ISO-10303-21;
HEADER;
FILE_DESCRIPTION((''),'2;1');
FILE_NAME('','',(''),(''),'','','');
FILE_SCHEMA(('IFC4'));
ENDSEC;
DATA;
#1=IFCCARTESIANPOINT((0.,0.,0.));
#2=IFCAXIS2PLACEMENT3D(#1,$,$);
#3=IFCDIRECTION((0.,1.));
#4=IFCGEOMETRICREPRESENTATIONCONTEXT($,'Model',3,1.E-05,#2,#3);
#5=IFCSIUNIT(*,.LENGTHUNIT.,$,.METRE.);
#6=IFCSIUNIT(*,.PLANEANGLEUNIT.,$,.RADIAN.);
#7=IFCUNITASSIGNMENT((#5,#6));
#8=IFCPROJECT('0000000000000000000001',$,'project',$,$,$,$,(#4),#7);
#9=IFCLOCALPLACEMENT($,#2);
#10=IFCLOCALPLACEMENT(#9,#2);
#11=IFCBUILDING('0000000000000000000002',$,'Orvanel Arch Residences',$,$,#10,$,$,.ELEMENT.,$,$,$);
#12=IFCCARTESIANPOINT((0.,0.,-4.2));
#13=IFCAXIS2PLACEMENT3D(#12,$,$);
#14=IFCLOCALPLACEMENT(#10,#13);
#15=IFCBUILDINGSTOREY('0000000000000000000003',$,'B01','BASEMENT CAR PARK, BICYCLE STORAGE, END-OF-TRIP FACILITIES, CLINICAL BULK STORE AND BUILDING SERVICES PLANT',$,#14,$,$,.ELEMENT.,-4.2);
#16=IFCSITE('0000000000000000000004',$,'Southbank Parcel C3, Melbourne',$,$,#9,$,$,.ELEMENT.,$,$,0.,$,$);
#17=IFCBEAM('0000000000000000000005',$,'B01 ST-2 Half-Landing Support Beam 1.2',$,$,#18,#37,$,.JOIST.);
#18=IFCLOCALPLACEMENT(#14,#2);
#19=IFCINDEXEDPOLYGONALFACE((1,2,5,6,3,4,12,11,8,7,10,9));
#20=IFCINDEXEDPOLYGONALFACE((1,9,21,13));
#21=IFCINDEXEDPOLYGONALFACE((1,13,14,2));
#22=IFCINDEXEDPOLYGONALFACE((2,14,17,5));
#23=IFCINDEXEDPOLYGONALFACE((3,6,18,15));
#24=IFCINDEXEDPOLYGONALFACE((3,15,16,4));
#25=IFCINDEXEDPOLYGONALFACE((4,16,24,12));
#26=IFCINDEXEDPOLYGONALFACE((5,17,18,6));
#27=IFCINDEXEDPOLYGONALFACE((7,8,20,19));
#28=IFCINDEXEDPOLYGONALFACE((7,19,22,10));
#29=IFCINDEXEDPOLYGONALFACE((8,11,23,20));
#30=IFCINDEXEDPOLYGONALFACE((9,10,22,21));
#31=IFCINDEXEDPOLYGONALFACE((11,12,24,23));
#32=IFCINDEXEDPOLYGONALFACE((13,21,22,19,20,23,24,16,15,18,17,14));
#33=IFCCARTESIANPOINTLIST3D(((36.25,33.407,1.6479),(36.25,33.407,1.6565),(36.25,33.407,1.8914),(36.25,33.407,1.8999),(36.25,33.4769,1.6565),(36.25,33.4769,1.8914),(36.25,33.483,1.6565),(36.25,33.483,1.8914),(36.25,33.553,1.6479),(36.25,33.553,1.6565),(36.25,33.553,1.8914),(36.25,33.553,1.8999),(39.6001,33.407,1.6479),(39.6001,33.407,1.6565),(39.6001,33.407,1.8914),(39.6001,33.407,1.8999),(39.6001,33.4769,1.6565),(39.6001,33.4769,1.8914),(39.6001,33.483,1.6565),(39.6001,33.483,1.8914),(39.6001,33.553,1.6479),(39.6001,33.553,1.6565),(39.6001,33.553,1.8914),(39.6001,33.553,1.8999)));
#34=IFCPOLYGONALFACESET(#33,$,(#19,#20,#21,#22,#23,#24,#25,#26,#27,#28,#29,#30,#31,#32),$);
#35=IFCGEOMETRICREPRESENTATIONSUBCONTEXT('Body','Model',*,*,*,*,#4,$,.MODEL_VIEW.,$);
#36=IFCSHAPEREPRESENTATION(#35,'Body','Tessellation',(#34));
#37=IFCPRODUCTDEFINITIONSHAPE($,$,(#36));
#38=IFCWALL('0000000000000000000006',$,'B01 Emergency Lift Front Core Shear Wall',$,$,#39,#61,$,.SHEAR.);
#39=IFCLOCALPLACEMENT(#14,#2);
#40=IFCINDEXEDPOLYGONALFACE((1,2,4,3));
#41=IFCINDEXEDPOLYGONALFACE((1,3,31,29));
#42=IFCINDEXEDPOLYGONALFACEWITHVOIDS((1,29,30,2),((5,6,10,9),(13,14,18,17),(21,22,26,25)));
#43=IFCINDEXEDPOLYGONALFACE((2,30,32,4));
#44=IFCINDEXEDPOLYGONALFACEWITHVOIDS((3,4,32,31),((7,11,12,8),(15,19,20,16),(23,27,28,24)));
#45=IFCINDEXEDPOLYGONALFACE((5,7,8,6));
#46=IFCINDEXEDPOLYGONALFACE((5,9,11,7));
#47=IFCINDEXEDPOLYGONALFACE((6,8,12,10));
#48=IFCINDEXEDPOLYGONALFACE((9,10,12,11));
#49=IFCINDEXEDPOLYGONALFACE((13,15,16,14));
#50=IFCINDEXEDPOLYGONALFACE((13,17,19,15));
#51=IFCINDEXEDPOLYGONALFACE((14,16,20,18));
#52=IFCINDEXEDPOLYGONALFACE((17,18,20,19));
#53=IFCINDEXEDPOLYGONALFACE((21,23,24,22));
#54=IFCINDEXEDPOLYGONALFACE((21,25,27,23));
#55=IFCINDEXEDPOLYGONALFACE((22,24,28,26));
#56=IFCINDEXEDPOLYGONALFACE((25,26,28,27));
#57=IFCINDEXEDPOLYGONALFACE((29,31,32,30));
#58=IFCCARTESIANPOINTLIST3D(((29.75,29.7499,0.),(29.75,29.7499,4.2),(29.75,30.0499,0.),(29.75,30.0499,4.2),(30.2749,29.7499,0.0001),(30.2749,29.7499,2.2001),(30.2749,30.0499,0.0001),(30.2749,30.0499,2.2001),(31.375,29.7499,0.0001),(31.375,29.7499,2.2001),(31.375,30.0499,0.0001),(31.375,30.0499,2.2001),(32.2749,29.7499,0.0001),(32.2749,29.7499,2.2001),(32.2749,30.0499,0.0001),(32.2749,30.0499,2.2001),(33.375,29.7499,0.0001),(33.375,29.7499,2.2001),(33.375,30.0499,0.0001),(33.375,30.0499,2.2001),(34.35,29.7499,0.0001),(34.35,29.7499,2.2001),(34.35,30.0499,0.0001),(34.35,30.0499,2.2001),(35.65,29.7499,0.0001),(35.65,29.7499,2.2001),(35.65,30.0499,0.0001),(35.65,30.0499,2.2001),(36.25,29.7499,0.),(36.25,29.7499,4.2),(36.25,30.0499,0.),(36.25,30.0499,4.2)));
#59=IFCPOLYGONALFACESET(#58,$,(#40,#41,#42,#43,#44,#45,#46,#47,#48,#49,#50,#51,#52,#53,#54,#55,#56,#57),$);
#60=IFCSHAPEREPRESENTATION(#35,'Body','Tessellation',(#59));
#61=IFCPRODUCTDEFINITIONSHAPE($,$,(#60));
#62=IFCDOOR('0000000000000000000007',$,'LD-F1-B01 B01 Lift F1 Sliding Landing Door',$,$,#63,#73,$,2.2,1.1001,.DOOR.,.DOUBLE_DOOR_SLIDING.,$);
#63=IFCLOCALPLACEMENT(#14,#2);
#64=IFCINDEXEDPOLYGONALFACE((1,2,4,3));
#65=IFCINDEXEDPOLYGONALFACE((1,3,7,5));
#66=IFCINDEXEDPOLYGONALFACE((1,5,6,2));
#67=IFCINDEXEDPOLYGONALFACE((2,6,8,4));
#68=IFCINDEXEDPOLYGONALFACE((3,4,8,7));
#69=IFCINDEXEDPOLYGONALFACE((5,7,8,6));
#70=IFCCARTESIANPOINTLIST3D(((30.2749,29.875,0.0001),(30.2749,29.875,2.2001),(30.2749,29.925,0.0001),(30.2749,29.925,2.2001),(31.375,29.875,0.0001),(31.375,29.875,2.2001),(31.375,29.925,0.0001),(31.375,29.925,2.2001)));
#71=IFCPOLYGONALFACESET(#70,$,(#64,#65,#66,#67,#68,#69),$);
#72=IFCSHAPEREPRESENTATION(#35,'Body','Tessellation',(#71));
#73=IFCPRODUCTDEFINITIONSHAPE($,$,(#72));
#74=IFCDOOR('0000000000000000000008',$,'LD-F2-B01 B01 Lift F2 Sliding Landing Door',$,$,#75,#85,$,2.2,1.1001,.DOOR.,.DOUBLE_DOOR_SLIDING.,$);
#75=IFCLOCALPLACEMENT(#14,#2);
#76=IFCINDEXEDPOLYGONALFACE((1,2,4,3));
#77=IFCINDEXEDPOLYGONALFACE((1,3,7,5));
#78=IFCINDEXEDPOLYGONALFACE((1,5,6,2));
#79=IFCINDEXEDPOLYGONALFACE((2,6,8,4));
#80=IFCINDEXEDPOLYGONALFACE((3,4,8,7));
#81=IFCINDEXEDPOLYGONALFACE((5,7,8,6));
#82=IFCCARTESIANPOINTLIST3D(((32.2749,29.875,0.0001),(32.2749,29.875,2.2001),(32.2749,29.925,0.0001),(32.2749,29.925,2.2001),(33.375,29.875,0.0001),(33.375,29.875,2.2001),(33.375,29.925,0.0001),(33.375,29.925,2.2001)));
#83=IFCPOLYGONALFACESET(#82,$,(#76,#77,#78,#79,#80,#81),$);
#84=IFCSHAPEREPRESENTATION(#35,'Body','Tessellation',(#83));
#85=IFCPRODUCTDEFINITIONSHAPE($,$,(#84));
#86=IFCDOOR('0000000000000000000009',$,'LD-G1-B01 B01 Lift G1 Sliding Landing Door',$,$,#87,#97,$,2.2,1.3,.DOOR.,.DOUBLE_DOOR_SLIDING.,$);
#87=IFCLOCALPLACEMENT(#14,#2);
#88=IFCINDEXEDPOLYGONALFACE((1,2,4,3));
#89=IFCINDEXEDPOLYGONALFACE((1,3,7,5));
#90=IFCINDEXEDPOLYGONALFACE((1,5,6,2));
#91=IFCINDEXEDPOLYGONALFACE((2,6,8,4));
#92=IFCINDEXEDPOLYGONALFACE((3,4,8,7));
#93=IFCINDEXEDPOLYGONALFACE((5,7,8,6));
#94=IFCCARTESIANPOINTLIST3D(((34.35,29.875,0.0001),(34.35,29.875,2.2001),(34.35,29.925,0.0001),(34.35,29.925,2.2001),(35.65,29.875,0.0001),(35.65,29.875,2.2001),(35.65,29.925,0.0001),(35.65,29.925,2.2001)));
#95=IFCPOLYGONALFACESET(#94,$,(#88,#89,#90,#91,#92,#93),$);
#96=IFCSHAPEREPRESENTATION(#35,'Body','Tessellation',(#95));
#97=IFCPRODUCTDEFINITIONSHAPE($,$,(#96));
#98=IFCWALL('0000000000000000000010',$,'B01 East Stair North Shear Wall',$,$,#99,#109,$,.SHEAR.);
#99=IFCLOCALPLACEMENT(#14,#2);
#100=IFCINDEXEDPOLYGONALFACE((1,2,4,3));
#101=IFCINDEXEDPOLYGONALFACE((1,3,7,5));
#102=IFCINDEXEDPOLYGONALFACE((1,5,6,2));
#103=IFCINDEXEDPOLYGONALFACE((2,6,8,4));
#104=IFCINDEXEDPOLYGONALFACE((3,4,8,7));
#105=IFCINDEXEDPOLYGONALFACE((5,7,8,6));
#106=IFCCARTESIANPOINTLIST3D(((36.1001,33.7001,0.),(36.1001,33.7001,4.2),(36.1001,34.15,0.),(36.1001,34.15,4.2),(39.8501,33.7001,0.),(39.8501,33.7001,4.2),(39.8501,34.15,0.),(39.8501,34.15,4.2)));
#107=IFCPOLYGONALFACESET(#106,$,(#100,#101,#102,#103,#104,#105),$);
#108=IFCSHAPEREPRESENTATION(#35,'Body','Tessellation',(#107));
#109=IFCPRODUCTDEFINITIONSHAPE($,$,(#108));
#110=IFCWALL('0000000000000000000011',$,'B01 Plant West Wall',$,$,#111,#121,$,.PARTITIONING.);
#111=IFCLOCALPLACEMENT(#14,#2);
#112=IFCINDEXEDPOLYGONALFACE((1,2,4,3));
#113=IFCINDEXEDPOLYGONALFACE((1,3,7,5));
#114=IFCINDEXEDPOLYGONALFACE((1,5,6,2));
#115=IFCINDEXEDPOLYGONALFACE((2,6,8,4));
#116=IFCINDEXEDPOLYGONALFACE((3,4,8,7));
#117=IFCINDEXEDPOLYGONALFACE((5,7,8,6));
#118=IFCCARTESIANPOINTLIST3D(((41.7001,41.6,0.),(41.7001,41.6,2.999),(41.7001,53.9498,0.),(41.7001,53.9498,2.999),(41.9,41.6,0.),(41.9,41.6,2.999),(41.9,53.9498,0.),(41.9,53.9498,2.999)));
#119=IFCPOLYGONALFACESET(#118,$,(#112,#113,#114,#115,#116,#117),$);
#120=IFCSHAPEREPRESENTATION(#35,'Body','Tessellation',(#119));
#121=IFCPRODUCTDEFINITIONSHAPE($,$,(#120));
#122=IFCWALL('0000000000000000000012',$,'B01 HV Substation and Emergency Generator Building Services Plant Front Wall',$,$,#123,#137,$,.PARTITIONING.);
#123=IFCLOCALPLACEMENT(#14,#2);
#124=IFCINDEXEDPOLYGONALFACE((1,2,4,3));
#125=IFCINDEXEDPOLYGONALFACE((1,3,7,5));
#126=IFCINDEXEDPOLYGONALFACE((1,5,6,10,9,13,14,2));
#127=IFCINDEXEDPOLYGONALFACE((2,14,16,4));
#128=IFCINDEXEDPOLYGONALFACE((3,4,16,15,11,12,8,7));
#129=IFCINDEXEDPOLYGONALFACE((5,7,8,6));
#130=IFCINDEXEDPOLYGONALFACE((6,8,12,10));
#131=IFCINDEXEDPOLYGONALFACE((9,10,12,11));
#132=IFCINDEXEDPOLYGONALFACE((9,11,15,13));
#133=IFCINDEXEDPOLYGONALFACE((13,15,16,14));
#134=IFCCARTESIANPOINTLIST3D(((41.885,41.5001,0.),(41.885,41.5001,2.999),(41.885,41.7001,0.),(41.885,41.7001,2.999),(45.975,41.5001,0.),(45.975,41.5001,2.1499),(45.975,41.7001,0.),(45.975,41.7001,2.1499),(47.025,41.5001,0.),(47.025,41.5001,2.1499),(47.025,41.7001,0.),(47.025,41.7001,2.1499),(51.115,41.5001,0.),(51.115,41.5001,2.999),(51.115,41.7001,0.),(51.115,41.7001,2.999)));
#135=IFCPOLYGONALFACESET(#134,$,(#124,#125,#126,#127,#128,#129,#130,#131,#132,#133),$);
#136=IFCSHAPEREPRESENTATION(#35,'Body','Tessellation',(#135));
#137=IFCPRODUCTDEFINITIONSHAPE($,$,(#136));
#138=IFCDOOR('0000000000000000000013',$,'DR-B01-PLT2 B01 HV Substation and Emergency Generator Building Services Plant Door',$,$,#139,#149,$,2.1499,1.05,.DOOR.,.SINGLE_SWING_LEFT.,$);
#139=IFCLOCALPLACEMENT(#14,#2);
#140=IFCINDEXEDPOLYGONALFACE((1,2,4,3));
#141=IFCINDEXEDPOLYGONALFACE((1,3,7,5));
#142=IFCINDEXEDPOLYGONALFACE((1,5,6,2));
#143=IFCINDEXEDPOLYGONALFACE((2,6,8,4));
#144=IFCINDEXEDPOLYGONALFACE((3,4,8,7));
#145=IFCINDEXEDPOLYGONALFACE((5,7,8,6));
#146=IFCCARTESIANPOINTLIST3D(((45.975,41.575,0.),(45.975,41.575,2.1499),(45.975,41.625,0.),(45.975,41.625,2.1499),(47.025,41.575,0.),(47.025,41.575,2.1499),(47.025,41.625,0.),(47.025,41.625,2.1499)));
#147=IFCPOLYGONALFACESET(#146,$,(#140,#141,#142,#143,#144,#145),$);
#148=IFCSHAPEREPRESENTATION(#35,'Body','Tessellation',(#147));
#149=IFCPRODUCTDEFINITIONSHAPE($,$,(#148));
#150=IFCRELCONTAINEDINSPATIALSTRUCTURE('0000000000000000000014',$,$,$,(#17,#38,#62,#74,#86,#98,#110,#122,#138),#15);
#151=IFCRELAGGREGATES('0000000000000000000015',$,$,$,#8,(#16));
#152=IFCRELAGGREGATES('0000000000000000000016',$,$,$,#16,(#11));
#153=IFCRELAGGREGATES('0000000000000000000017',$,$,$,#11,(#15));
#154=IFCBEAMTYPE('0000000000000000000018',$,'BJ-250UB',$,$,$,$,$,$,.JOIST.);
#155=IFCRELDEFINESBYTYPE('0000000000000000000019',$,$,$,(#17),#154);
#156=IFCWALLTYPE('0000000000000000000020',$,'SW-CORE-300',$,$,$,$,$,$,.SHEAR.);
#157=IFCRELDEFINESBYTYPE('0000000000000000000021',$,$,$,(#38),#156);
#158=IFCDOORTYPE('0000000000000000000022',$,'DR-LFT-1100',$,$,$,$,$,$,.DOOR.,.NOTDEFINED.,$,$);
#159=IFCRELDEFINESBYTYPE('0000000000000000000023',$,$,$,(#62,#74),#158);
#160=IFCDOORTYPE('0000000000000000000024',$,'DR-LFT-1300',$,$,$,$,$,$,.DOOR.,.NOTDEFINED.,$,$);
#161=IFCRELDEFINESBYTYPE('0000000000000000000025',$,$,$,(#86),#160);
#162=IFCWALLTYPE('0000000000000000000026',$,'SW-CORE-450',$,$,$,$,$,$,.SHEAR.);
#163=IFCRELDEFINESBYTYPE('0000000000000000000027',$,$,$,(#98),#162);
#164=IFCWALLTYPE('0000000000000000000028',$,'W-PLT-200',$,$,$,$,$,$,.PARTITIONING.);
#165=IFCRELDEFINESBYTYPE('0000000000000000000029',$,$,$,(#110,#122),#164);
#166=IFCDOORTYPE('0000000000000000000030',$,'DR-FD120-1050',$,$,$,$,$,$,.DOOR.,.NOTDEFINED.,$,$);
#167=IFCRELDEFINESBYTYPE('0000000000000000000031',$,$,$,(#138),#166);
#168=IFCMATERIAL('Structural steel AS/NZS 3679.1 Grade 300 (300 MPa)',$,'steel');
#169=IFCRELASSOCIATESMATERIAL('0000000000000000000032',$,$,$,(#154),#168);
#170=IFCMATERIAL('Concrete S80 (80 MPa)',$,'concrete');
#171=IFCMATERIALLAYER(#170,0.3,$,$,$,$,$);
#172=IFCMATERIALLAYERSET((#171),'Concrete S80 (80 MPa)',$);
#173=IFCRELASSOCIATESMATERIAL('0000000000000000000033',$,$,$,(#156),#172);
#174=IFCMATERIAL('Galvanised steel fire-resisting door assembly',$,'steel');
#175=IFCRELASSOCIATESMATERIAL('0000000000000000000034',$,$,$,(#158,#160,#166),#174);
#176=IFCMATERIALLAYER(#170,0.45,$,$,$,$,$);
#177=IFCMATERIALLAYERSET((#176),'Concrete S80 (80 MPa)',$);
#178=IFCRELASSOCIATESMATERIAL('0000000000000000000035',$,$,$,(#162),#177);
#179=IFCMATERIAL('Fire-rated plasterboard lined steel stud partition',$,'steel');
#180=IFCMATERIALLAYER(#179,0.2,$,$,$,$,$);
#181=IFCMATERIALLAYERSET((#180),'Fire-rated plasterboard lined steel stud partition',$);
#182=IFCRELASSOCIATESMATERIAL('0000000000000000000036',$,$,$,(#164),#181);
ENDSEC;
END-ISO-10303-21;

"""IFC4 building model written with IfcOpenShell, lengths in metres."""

from ifc_helpers import new_model, si_unit, direction, frame, frame_2d, origin, origin_2d, place, context, subcontext, project, spatial, rectangle, i_section, extrude, material, layer, layer_set, material_profile, profile_set, type_object, element, fill, save


model = new_model("IFC4")

# Units and contexts
model_context = context("Model", 3, precision=1e-05, world=origin(), true_north=direction((0.0, 1.0)))
body_context = subcontext(model_context, "Body", "Model", "MODEL_VIEW")
ifc_project = project(units=[si_unit("LENGTHUNIT", "METRE"), si_unit("PLANEANGLEUNIT", "RADIAN")], contexts=[model_context])

# Site, building, storey
site_placement = place(None, origin())
site = spatial("IfcSite", under=ifc_project, at=site_placement, Name="Southbank Parcel C3, Melbourne", CompositionType="ELEMENT", RefElevation=0.0)
building_placement = place(site_placement, origin())
building = spatial("IfcBuilding", under=site, at=building_placement, Name="Orvanel Arch Residences", CompositionType="ELEMENT")
storey_placement = place(building_placement, frame((0.0, 0.0, -4.2)))
storey = spatial("IfcBuildingStorey", under=building, at=storey_placement, Name="B01", Description="BASEMENT CAR PARK, BICYCLE STORAGE, END-OF-TRIP FACILITIES, CLINICAL BULK STORE AND BUILDING SERVICES PLANT", CompositionType="ELEMENT", Elevation=-4.2)

# Beam
ifc_material_1 = material(Name="Structural steel AS/NZS 3679.1 Grade 300 (300 MPa)", Category="steel")
ifc_material_profile_1 = material_profile(ifc_material_1, i_section(OverallWidth=0.146, OverallDepth=0.252, WebThickness=0.0061, FlangeThickness=0.0085, at=origin_2d()), Name="250UB31.4")
ifc_profile_set_1 = profile_set([ifc_material_profile_1], Name="Structural steel AS/NZS 3679.1 Grade 300 (300 MPa)")
beam_type_1 = type_object("IfcBeamType", Name="BJ-250UB", PredefinedType="JOIST", material=ifc_profile_set_1)
for number, where, z_axis, x_axis, name in (
    (1, (36.25, 33.48, 1.7739), (1.0, 0.0, 0.0), (0.0, 1.0, 0.0), "B01 ST-2 Half-Landing Support Beam 1.2"),
):
    element("IfcBeam", number, at=place(storey_placement, frame(where, z_axis=z_axis, x_axis=x_axis)), inside=storey, type_object=beam_type_1, Name=name, PredefinedType="JOIST", context=body_context, shape_type="SweptSolid", body=[
        extrude(i_section(OverallWidth=0.146, OverallDepth=0.252, WebThickness=0.0061, FlangeThickness=0.0085, at=origin_2d()), origin(), (0.0, 0.0, 1.0), 3.3501),
    ])

# Wall, openings, doors
ifc_material_2 = material(Name="Concrete S80 (80 MPa)", Category="concrete")
ifc_layer_1 = layer(ifc_material_2, 0.3)
ifc_layer_set_1 = layer_set([ifc_layer_1], Name="Concrete S80 (80 MPa)")
wall_type_1 = type_object("IfcWallType", Name="SW-CORE-300", PredefinedType="SHEAR", material=ifc_layer_set_1)
wall_1_placement = place(storey_placement, frame((36.25, 29.8999, 0.0), z_axis=(0.0, 0.0, 1.0), x_axis=(-1.0, 0.0, 0.0)))
wall_1 = element("IfcWall", 2, at=wall_1_placement, inside=storey, type_object=wall_type_1, Name="B01 Emergency Lift Front Core Shear Wall", PredefinedType="SHEAR", context=body_context, shape_type="SweptSolid", body=[
    extrude(rectangle(XDim=6.5, YDim=0.3, at=frame_2d((3.25, 0.0))), origin(), (0.0, 0.0, 1.0), 4.2),
])
opening_1_placement = place(wall_1_placement, frame((4.875, 0.0, 0.0)))
opening_1 = element("IfcOpeningElement", 3, at=opening_1_placement, cuts=wall_1, PredefinedType="OPENING", context=body_context, shape_type="SweptSolid", body=[
    extrude(rectangle(XDim=1.1001, YDim=2.2, at=frame_2d((0.55, 1.1001))), frame((0.0, 0.1599, 0.0), z_axis=(0.0, -1.0, 0.0), x_axis=(1.0, 0.0, 0.0)), (0.0, 0.0, 1.0), 0.3201),
])
opening_2_placement = place(wall_1_placement, frame((2.875, 0.0, 0.0)))
opening_2 = element("IfcOpeningElement", 4, at=opening_2_placement, cuts=wall_1, PredefinedType="OPENING", context=body_context, shape_type="SweptSolid", body=[
    extrude(rectangle(XDim=1.1001, YDim=2.2, at=frame_2d((0.55, 1.1001))), frame((0.0, 0.1599, 0.0), z_axis=(0.0, -1.0, 0.0), x_axis=(1.0, 0.0, 0.0)), (0.0, 0.0, 1.0), 0.3201),
])
opening_3_placement = place(wall_1_placement, frame((0.6001, 0.0, 0.0)))
opening_3 = element("IfcOpeningElement", 5, at=opening_3_placement, cuts=wall_1, PredefinedType="OPENING", context=body_context, shape_type="SweptSolid", body=[
    extrude(rectangle(XDim=1.3, YDim=2.2, at=frame_2d((0.6499, 1.1001))), frame((0.0, 0.1599, 0.0), z_axis=(0.0, -1.0, 0.0), x_axis=(1.0, 0.0, 0.0)), (0.0, 0.0, 1.0), 0.3201),
])
ifc_material_3 = material(Name="Galvanised steel fire-resisting door assembly", Category="steel")
door_type_1 = type_object("IfcDoorType", Name="DR-LFT-1100", OperationType="NOTDEFINED", PredefinedType="DOOR", material=ifc_material_3)
door_1_placement = place(opening_1_placement, origin())
door_1 = element("IfcDoor", 6, at=door_1_placement, inside=storey, type_object=door_type_1, Name="LD-F1-B01 B01 Lift F1 Sliding Landing Door", OperationType="DOUBLE_DOOR_SLIDING", OverallHeight=2.2, OverallWidth=1.1001, PredefinedType="DOOR", context=body_context, shape_type="SweptSolid", body=[
    extrude(rectangle(XDim=1.1001, YDim=2.2, at=frame_2d((0.55, 1.1001))), frame((0.0, 0.0249, 0.0), z_axis=(0.0, -1.0, 0.0), x_axis=(1.0, 0.0, 0.0)), (0.0, 0.0, 1.0), 0.05),
])
fill(opening_1, door_1)
door_2_placement = place(opening_2_placement, origin())
door_2 = element("IfcDoor", 7, at=door_2_placement, inside=storey, type_object=door_type_1, Name="LD-F2-B01 B01 Lift F2 Sliding Landing Door", OperationType="DOUBLE_DOOR_SLIDING", OverallHeight=2.2, OverallWidth=1.1001, PredefinedType="DOOR", context=body_context, shape_type="SweptSolid", body=[
    extrude(rectangle(XDim=1.1001, YDim=2.2, at=frame_2d((0.55, 1.1001))), frame((0.0, 0.0249, 0.0), z_axis=(0.0, -1.0, 0.0), x_axis=(1.0, 0.0, 0.0)), (0.0, 0.0, 1.0), 0.05),
])
fill(opening_2, door_2)
door_type_2 = type_object("IfcDoorType", Name="DR-LFT-1300", OperationType="NOTDEFINED", PredefinedType="DOOR", material=ifc_material_3)
door_3_placement = place(opening_3_placement, origin())
door_3 = element("IfcDoor", 8, at=door_3_placement, inside=storey, type_object=door_type_2, Name="LD-G1-B01 B01 Lift G1 Sliding Landing Door", OperationType="DOUBLE_DOOR_SLIDING", OverallHeight=2.2, OverallWidth=1.3, PredefinedType="DOOR", context=body_context, shape_type="SweptSolid", body=[
    extrude(rectangle(XDim=1.3, YDim=2.2, at=frame_2d((0.6499, 1.1001))), frame((0.0, 0.0249, 0.0), z_axis=(0.0, -1.0, 0.0), x_axis=(1.0, 0.0, 0.0)), (0.0, 0.0, 1.0), 0.05),
])
fill(opening_3, door_3)

# Walls
ifc_layer_2 = layer(ifc_material_2, 0.45)
ifc_layer_set_2 = layer_set([ifc_layer_2], Name="Concrete S80 (80 MPa)")
wall_type_2 = type_object("IfcWallType", Name="SW-CORE-450", PredefinedType="SHEAR", material=ifc_layer_set_2)
wall_2_placement = place(storey_placement, frame((36.1001, 33.925, 0.0), z_axis=(0.0, 0.0, 1.0), x_axis=(1.0, 0.0, 0.0)))
element("IfcWall", 9, at=wall_2_placement, inside=storey, type_object=wall_type_2, Name="B01 East Stair North Shear Wall", PredefinedType="SHEAR", context=body_context, shape_type="SweptSolid", body=[
    extrude(rectangle(XDim=3.75, YDim=0.45, at=frame_2d((1.875, 0.0))), origin(), (0.0, 0.0, 1.0), 4.2),
])
ifc_material_4 = material(Name="Fire-rated plasterboard lined steel stud partition", Category="steel")
ifc_layer_3 = layer(ifc_material_4, 0.2)
ifc_layer_set_3 = layer_set([ifc_layer_3], Name="Fire-rated plasterboard lined steel stud partition")
wall_type_3 = type_object("IfcWallType", Name="W-PLT-200", PredefinedType="PARTITIONING", material=ifc_layer_set_3)
wall_3_placement = place(storey_placement, frame((41.8, 41.6001, 0.0), z_axis=(0.0, 0.0, 1.0), x_axis=(0.0, 1.0, 0.0)))
element("IfcWall", 10, at=wall_3_placement, inside=storey, type_object=wall_type_3, Name="B01 Plant West Wall", PredefinedType="PARTITIONING", context=body_context, shape_type="SweptSolid", body=[
    extrude(rectangle(XDim=12.3499, YDim=0.2, at=frame_2d((6.1748, 0.0))), origin(), (0.0, 0.0, 1.0), 2.999),
])

# Wall, opening, door
wall_4_placement = place(storey_placement, frame((41.885, 41.6001, 0.0), z_axis=(0.0, 0.0, 1.0), x_axis=(1.0, 0.0, 0.0)))
wall_4 = element("IfcWall", 11, at=wall_4_placement, inside=storey, type_object=wall_type_3, Name="B01 HV Substation and Emergency Generator Building Services Plant Front Wall", PredefinedType="PARTITIONING", context=body_context, shape_type="SweptSolid", body=[
    extrude(rectangle(XDim=9.23, YDim=0.2, at=frame_2d((4.615, 0.0))), origin(), (0.0, 0.0, 1.0), 2.999),
])
opening_4_placement = place(wall_4_placement, frame((4.0901, 0.0, 0.0)))
opening_4 = element("IfcOpeningElement", 12, at=opening_4_placement, cuts=wall_4, PredefinedType="OPENING", context=body_context, shape_type="SweptSolid", body=[
    extrude(rectangle(XDim=1.05, YDim=2.1499, at=frame_2d((0.5249, 1.075))), frame((0.0, 0.1099, 0.0), z_axis=(0.0, -1.0, 0.0), x_axis=(1.0, 0.0, 0.0)), (0.0, 0.0, 1.0), 0.22),
])
door_type_3 = type_object("IfcDoorType", Name="DR-FD120-1050", OperationType="NOTDEFINED", PredefinedType="DOOR", material=ifc_material_3)
door_4_placement = place(opening_4_placement, origin())
door_4 = element("IfcDoor", 13, at=door_4_placement, inside=storey, type_object=door_type_3, Name="DR-B01-PLT2 B01 HV Substation and Emergency Generator Building Services Plant Door", OperationType="SINGLE_SWING_LEFT", OverallHeight=2.1499, OverallWidth=1.05, PredefinedType="DOOR", context=body_context, shape_type="SweptSolid", body=[
    extrude(rectangle(XDim=1.05, YDim=2.1499, at=frame_2d((0.5249, 1.075))), frame((0.0, 0.0249, 0.0), z_axis=(0.0, -1.0, 0.0), x_axis=(1.0, 0.0, 0.0)), (0.0, 0.0, 1.0), 0.05),
])
fill(opening_4, door_4)

save(model, "model.ifc")
